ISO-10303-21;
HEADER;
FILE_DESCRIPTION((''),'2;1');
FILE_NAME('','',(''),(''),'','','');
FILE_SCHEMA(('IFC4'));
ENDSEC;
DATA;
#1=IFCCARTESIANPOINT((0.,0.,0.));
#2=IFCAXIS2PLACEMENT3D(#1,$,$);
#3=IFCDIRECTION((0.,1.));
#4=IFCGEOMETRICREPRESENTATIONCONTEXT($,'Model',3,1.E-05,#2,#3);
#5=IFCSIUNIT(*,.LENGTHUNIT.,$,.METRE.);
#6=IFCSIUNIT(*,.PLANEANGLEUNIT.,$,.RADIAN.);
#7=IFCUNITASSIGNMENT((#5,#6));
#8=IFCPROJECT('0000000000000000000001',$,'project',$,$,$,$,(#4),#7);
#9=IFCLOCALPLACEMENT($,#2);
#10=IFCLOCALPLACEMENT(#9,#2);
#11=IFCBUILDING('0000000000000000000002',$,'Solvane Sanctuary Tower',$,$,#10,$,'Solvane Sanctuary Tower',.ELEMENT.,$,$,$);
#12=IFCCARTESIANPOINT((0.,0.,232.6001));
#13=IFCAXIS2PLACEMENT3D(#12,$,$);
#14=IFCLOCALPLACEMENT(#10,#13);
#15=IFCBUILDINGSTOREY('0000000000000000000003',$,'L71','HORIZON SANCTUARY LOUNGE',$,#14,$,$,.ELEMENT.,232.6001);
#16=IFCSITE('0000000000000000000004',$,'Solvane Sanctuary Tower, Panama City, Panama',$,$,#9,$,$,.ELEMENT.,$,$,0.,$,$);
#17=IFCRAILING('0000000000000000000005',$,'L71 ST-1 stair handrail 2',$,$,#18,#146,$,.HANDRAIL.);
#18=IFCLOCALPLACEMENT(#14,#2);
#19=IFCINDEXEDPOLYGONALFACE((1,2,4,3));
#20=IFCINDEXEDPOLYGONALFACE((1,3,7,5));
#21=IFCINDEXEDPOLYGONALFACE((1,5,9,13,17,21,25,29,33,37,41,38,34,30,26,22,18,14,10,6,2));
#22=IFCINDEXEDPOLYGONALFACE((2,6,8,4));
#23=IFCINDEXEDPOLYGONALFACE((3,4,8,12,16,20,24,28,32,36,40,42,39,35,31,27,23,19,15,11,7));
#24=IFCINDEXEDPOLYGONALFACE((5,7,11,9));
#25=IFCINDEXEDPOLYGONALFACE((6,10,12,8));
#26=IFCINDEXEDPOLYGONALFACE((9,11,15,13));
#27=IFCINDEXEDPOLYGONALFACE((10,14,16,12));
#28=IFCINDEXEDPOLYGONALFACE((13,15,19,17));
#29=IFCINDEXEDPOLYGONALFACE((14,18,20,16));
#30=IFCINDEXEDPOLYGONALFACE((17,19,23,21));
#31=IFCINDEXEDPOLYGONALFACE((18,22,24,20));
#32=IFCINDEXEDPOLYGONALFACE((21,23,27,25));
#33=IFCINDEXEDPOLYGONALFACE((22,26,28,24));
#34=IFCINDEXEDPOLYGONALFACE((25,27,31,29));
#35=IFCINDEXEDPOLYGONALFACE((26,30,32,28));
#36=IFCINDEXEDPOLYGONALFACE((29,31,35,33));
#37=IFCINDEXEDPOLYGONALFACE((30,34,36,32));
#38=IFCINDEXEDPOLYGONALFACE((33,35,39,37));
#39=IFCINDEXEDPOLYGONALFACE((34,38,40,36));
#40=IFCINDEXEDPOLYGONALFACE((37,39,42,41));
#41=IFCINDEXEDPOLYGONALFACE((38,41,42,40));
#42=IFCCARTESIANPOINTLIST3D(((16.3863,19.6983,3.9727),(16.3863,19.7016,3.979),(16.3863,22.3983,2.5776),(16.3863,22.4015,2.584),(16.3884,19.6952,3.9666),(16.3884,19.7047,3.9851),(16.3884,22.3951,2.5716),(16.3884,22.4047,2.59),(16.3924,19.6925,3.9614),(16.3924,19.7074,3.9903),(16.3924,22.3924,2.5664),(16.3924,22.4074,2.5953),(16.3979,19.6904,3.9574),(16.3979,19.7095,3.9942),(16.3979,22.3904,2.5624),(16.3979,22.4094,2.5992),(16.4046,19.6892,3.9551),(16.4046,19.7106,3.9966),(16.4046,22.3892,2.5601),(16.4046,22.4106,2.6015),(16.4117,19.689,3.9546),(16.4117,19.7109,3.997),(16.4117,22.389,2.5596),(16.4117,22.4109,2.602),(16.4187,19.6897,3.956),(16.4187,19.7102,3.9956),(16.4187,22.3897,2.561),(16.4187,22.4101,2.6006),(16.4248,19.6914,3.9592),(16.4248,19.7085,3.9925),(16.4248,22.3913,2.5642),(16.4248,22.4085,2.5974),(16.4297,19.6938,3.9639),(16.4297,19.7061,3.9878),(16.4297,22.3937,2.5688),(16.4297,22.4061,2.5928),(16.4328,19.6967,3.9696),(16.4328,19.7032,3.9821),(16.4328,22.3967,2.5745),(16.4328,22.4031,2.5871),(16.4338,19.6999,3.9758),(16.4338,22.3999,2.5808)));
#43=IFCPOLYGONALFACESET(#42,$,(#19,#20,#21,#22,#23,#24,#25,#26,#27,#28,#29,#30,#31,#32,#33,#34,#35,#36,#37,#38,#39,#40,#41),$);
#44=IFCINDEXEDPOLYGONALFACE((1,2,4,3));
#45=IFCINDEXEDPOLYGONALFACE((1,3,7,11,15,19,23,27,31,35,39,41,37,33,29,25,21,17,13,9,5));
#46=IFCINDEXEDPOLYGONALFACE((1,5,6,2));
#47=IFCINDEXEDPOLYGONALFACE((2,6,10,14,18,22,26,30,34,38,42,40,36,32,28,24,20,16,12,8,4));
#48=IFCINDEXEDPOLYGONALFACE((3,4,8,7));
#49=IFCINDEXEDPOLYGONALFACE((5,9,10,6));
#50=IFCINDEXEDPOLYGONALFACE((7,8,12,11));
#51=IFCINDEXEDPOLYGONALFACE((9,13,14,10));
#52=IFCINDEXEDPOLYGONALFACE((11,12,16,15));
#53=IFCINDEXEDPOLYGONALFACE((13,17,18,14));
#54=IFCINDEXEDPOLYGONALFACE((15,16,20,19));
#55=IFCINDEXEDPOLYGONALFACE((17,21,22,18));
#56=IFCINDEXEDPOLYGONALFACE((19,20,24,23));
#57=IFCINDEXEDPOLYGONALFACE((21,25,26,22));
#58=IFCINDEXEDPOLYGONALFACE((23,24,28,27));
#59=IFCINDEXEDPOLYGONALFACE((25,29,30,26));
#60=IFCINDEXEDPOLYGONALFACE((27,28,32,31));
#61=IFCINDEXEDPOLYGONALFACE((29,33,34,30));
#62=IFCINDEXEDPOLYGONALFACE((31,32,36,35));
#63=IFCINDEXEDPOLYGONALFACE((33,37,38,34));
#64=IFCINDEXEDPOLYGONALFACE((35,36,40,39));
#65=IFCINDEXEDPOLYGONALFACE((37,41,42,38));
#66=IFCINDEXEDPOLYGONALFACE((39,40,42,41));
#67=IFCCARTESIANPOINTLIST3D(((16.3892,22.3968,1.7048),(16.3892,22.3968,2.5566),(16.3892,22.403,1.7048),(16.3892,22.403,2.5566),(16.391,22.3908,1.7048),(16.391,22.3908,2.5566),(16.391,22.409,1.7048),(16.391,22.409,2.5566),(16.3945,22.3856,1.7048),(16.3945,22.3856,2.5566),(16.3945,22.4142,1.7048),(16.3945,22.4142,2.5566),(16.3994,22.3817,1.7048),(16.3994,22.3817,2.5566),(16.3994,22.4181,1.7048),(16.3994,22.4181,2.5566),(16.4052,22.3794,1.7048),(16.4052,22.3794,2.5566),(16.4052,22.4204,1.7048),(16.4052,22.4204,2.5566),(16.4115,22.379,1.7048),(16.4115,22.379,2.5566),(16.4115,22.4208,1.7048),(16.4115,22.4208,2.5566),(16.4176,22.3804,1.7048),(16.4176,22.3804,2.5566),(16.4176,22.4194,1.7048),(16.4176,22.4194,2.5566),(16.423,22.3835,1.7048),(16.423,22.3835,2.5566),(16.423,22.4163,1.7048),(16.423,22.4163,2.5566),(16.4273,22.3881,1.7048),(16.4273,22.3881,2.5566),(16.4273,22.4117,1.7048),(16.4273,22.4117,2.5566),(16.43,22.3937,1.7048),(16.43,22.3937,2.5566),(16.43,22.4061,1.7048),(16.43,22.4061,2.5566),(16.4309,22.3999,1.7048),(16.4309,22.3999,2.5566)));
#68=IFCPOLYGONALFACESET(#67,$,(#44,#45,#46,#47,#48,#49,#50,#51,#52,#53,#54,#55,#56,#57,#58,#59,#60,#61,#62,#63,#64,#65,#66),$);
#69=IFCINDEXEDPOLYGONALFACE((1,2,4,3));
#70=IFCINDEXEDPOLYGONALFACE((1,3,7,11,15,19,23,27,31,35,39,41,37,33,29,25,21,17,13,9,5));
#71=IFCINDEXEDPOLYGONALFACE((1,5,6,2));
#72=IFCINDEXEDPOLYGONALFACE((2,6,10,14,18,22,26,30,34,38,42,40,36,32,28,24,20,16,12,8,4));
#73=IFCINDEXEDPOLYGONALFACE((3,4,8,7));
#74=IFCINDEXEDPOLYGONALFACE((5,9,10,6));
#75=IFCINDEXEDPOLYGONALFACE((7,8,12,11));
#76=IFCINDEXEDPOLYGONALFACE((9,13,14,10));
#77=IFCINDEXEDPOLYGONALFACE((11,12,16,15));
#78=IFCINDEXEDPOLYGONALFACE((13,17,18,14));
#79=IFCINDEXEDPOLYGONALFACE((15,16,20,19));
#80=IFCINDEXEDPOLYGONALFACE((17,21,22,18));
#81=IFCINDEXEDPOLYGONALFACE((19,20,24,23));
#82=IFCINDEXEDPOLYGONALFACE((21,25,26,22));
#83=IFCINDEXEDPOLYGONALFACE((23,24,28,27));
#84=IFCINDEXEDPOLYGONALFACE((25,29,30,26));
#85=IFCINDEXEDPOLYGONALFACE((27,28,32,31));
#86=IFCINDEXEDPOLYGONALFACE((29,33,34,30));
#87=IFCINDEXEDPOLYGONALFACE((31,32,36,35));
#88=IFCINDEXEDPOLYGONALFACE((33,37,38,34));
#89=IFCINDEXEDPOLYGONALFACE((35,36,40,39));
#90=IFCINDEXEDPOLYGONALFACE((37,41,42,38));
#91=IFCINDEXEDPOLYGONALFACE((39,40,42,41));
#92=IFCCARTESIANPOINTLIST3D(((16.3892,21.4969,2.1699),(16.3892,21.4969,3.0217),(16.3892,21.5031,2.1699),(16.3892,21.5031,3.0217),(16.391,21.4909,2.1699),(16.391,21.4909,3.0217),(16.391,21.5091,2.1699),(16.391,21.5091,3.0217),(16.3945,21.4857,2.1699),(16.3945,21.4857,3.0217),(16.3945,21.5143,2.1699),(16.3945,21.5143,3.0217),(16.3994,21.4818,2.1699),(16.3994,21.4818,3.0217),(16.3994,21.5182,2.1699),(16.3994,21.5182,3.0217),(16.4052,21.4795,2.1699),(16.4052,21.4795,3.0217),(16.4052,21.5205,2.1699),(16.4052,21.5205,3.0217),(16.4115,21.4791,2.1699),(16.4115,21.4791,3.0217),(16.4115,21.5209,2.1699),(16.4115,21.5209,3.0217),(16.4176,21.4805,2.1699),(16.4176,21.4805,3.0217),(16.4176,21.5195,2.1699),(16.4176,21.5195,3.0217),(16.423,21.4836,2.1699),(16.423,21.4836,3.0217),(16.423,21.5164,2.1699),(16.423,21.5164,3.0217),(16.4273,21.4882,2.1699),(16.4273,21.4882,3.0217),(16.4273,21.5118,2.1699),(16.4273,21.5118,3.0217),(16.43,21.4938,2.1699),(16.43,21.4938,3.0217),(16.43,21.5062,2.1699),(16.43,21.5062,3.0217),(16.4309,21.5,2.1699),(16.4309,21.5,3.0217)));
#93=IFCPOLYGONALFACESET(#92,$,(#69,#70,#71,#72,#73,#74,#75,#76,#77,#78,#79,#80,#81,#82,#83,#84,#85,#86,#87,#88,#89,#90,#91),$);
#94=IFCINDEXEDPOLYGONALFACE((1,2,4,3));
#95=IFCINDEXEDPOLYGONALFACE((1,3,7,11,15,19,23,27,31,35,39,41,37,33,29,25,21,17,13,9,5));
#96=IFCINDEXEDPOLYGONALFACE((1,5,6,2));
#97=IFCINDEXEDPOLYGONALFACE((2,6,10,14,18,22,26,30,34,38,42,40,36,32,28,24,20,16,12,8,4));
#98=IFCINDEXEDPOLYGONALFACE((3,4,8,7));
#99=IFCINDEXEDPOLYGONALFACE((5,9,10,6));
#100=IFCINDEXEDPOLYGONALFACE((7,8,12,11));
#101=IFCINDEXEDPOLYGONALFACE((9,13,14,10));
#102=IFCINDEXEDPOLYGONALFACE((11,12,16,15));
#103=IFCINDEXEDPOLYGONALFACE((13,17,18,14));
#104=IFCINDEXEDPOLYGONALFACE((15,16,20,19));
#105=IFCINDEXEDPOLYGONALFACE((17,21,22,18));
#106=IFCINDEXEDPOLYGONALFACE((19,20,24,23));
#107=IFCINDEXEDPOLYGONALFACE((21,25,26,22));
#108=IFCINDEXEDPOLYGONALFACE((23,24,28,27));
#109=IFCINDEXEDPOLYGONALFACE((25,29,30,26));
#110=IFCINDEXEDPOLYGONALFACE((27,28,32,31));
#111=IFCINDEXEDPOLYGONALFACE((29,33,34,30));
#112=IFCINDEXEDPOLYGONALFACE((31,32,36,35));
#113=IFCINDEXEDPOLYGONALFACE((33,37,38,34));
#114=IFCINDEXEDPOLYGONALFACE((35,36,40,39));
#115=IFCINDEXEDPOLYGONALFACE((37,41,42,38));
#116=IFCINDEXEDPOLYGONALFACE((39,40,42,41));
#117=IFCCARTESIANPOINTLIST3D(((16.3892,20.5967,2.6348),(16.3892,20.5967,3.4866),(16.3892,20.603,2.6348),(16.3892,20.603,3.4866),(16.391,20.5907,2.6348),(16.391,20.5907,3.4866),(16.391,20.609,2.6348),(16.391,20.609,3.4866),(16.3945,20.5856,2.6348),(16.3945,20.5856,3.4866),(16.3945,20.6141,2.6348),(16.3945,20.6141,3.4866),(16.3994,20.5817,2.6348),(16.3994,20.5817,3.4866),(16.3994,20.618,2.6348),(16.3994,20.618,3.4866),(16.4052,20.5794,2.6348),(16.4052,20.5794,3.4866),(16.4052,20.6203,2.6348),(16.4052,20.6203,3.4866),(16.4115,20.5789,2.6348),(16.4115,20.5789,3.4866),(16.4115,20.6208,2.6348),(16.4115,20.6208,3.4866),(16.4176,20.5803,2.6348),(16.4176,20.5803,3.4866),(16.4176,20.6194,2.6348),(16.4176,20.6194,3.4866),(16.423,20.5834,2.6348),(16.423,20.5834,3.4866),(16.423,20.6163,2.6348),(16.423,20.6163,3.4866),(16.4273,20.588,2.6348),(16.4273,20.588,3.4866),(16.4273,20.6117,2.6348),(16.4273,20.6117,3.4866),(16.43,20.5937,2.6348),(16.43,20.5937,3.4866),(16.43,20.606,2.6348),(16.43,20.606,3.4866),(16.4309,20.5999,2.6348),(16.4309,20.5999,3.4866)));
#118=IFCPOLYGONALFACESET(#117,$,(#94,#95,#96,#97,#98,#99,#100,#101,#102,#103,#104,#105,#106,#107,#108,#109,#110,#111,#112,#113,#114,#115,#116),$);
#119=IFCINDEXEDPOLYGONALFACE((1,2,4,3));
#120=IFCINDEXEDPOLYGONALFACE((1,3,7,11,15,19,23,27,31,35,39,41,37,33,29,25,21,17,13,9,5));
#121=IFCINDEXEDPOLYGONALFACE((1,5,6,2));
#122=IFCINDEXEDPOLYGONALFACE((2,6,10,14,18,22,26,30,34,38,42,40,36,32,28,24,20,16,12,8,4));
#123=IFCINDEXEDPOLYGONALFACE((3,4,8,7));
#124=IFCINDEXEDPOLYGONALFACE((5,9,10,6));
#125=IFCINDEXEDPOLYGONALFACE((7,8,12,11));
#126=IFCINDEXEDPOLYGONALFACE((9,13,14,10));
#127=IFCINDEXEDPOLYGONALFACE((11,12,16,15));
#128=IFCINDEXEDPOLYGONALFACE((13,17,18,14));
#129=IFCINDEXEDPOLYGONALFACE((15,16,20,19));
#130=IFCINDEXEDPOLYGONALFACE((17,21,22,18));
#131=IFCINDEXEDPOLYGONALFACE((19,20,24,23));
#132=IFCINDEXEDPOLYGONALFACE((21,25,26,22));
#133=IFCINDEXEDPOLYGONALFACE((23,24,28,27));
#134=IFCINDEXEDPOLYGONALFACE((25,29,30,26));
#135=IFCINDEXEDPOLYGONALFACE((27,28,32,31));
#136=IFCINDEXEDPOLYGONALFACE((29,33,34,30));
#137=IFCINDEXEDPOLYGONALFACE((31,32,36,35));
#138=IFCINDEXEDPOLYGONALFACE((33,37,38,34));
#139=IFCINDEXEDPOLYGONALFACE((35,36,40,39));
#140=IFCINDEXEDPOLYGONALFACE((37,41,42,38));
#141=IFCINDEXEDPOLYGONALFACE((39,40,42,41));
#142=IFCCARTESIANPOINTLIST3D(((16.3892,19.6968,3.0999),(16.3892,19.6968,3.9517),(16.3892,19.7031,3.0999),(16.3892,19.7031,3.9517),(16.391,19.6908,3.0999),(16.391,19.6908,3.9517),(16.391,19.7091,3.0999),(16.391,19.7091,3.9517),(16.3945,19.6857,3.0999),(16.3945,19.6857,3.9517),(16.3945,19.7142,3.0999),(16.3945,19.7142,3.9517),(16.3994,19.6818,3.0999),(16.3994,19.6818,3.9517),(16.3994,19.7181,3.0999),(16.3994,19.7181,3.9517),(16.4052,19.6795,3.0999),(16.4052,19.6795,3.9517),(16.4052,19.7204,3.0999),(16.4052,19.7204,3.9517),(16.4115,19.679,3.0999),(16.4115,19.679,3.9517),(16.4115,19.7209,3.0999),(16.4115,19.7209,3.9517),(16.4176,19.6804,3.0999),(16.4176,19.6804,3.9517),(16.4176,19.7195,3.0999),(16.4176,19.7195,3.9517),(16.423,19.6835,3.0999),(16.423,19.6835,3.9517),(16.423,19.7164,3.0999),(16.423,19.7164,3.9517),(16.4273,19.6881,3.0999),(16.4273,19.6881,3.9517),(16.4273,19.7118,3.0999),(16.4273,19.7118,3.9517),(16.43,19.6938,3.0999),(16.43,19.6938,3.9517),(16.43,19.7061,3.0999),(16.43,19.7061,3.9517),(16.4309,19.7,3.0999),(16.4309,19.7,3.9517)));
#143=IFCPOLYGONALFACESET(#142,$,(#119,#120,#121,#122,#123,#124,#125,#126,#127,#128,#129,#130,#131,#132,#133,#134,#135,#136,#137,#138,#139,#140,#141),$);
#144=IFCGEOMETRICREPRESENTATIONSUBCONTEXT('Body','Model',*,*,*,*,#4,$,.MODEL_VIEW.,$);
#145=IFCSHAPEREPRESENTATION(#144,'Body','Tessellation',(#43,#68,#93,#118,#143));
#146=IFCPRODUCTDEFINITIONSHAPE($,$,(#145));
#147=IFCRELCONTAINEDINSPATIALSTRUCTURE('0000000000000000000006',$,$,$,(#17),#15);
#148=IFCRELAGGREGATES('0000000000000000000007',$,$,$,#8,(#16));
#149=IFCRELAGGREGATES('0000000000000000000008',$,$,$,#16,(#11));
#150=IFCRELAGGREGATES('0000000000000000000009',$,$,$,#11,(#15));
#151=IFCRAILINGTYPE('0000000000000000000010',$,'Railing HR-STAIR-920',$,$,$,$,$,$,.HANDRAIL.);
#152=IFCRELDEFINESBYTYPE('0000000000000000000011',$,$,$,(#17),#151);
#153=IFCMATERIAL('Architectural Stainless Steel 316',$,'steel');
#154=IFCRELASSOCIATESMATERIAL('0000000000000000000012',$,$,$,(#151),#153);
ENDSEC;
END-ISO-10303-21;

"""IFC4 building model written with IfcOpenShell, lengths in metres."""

from ifc_helpers import new_model, si_unit, direction, frame, origin, origin_2d, place, context, subcontext, project, spatial, circle, extrude, material, type_object, element, save


model = new_model("IFC4")

# Units and contexts
model_context = context("Model", 3, precision=1e-05, world=origin(), true_north=direction((0.0, 1.0)))
body_context = subcontext(model_context, "Body", "Model", "MODEL_VIEW")
ifc_project = project(units=[si_unit("LENGTHUNIT", "METRE"), si_unit("PLANEANGLEUNIT", "RADIAN")], contexts=[model_context])

# Site, building, storey
site_placement = place(None, origin())
site = spatial("IfcSite", under=ifc_project, at=site_placement, Name="Solvane Sanctuary Tower, Panama City, Panama", CompositionType="ELEMENT", RefElevation=0.0)
building_placement = place(site_placement, origin())
building = spatial("IfcBuilding", under=site, at=building_placement, Name="Solvane Sanctuary Tower", LongName="Solvane Sanctuary Tower", CompositionType="ELEMENT")
storey_placement = place(building_placement, frame((0.0, 0.0, 232.6001)))
storey = spatial("IfcBuildingStorey", under=building, at=storey_placement, Name="L71", Description="HORIZON SANCTUARY LOUNGE", CompositionType="ELEMENT", Elevation=232.6001)

# Shared definitions
ifc_material_1 = material(Name="Architectural Stainless Steel 316", Category="steel")

# Railing
railing_type_1 = type_object("IfcRailingType", Name="Railing HR-STAIR-920", PredefinedType="HANDRAIL", material=ifc_material_1)
railing_1_placement = place(storey_placement, frame((16.4099, 22.3999, 1.7048)))
element("IfcRailing", 1, at=railing_1_placement, inside=storey, type_object=railing_type_1, Name="L71 ST-1 stair handrail 2", PredefinedType="HANDRAIL", context=body_context, shape_type="SweptSolid", body=[
    extrude(circle(Radius=0.0239, at=origin_2d()), frame((0.0, 0.0, 0.876), z_axis=(0.0, -0.88842, 0.459032), x_axis=(1.0, 0.0, 0.0)), (0.0, 0.0, 1.0), 3.0391),
    extrude(circle(Radius=0.021, at=origin_2d()), origin(), (0.0, 0.0, 1.0), 0.8518),
    extrude(circle(Radius=0.021, at=origin_2d()), frame((0.0, -0.8999, 0.4651)), (0.0, 0.0, 1.0), 0.8518),
    extrude(circle(Radius=0.021, at=origin_2d()), frame((0.0, -1.8, 0.9299)), (0.0, 0.0, 1.0), 0.8518),
    extrude(circle(Radius=0.021, at=origin_2d()), frame((0.0, -2.7, 1.395)), (0.0, 0.0, 1.0), 0.8518),
])

save(model, "model.ifc")
